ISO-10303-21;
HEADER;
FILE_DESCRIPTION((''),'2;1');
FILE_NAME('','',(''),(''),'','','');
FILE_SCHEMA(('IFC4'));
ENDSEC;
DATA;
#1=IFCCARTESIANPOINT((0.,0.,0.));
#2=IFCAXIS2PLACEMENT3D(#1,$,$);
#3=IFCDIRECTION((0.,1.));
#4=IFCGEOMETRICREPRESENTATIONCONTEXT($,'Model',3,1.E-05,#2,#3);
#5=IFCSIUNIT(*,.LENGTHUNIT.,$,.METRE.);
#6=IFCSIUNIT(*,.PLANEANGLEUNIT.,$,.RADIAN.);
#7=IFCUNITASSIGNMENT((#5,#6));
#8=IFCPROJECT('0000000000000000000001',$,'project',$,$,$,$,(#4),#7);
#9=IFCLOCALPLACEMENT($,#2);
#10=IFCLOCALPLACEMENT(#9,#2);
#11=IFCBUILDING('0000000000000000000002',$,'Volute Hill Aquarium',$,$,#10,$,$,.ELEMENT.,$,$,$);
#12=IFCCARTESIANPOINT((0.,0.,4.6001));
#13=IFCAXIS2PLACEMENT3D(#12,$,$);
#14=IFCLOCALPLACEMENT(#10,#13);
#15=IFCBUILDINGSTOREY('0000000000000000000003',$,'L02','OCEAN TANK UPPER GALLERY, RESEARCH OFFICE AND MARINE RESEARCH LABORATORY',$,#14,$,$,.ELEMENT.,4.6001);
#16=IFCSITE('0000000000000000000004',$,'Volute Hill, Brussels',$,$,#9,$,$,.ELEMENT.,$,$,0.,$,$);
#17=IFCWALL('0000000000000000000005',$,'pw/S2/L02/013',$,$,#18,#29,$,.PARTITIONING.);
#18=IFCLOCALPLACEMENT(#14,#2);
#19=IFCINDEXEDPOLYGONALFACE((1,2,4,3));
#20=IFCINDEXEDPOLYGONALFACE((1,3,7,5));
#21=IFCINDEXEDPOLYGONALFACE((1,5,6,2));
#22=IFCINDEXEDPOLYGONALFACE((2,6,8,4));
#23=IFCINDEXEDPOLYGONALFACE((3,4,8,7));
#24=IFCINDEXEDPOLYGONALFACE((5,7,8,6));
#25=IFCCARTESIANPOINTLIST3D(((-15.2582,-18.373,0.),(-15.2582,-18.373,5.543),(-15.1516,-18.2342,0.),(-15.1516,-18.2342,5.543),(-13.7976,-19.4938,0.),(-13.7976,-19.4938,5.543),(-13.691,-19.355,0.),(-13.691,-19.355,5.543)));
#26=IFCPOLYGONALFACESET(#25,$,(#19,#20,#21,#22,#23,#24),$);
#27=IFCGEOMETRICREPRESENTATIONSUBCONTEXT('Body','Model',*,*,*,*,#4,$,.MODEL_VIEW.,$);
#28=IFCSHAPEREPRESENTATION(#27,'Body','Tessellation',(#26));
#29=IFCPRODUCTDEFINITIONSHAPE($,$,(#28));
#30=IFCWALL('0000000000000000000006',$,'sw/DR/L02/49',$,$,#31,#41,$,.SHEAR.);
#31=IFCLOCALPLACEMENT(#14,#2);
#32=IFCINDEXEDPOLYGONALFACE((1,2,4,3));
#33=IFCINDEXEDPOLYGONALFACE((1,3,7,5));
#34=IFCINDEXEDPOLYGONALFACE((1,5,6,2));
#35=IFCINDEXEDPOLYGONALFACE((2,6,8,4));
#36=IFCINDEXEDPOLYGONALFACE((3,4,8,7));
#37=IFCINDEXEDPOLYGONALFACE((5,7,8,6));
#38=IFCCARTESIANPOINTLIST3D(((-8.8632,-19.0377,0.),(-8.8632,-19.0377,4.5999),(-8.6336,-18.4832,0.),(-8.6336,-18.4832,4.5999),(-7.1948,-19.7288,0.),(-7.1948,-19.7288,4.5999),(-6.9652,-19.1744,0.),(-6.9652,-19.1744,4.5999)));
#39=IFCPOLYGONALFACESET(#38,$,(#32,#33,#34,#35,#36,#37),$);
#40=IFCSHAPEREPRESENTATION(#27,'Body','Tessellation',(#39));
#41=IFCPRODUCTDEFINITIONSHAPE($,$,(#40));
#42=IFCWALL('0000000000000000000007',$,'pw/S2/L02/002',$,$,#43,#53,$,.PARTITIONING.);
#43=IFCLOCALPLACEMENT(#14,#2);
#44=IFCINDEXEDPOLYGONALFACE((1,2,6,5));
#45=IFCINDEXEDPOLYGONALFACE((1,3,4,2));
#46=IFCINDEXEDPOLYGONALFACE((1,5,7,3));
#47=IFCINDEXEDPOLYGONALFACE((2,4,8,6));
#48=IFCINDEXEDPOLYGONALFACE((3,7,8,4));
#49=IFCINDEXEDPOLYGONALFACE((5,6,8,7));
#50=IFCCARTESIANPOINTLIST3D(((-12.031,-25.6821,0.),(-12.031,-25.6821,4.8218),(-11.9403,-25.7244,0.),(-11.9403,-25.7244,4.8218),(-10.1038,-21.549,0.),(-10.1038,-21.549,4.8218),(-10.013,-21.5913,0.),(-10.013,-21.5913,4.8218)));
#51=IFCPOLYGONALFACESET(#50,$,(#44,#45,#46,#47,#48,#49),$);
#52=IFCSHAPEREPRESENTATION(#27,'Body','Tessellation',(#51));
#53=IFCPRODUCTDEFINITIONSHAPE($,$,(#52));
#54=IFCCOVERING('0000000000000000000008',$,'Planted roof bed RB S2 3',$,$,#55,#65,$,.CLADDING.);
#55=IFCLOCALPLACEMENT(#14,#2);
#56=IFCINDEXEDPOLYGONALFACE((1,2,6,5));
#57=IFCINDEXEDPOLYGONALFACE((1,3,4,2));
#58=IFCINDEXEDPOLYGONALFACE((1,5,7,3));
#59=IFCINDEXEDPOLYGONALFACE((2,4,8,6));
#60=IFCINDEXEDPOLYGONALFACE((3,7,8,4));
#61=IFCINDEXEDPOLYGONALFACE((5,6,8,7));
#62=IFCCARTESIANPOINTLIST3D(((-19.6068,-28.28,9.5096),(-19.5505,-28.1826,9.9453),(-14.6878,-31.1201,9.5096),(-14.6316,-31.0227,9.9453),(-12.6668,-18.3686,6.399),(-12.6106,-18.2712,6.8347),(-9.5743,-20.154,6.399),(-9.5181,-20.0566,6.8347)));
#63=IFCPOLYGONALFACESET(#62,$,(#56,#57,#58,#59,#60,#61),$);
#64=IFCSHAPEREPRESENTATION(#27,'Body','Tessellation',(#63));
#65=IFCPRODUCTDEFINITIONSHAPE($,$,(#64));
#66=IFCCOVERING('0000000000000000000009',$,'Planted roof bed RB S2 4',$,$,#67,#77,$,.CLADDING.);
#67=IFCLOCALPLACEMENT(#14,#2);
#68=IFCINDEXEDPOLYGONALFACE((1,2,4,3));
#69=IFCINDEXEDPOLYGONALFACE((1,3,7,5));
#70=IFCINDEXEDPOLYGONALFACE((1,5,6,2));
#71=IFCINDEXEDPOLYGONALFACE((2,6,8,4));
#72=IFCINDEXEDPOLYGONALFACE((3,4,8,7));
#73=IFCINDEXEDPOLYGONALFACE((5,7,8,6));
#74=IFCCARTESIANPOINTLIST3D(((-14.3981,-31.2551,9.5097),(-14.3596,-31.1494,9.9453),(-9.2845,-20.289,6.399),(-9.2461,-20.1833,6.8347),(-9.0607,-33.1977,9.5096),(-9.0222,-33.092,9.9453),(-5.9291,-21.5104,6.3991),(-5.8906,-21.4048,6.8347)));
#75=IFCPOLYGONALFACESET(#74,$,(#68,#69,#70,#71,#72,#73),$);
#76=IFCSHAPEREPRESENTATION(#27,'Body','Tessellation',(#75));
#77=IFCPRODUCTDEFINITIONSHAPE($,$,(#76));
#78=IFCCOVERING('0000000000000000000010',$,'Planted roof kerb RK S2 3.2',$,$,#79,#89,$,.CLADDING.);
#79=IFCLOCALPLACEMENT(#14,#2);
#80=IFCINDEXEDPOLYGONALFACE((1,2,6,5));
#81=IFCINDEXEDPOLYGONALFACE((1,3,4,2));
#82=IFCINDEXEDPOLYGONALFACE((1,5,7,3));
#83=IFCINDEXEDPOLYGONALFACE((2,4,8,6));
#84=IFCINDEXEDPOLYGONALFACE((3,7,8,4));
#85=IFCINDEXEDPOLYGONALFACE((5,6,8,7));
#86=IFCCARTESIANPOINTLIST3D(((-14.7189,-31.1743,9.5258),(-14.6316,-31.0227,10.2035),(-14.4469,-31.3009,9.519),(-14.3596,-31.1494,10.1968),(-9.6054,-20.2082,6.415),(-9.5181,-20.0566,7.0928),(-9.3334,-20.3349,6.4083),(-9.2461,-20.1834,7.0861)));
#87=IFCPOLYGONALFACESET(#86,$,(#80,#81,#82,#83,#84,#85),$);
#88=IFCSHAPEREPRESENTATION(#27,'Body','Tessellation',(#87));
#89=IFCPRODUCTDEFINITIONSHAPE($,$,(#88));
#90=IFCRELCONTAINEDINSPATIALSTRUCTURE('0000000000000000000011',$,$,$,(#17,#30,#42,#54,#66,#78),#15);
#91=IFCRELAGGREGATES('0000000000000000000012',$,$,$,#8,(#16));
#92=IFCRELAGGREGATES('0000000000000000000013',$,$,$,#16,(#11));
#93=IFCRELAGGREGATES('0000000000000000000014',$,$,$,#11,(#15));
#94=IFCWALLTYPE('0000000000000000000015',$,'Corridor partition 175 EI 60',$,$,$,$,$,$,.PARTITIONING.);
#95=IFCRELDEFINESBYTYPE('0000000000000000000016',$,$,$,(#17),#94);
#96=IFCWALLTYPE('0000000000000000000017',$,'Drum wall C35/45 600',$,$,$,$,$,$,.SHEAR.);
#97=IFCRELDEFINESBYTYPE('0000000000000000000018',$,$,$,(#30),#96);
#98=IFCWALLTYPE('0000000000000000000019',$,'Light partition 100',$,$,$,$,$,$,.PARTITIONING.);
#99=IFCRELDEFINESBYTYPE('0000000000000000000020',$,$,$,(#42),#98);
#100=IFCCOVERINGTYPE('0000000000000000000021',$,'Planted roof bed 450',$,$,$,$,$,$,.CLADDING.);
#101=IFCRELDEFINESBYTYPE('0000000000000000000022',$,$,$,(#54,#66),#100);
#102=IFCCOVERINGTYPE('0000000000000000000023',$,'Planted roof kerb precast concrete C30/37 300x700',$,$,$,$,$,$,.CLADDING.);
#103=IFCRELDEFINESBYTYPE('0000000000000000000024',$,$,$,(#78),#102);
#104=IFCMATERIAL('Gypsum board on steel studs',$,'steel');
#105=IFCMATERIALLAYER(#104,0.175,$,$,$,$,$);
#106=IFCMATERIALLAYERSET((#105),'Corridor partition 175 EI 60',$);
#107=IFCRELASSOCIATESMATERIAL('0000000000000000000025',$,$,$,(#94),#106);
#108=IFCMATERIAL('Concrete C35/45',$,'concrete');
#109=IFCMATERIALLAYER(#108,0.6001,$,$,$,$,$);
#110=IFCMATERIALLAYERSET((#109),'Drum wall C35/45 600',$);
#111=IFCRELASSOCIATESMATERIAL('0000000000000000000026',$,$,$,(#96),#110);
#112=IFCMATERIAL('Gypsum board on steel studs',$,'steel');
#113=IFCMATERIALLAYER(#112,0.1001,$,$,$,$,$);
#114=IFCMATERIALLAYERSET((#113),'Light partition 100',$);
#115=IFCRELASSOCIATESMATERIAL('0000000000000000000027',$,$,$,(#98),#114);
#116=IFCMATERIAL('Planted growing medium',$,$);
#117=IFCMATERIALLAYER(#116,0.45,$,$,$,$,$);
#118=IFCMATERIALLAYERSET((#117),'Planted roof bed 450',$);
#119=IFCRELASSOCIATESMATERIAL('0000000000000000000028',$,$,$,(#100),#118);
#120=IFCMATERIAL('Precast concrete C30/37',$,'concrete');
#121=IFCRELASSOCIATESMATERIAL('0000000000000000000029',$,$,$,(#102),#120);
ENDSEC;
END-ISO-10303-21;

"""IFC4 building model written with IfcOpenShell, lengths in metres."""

from ifc_helpers import new_model, si_unit, direction, frame, frame_2d, origin, place, context, subcontext, project, spatial, polyline, rectangle, outline, extrude, material, layer, layer_set, type_object, element, save


model = new_model("IFC4")

# Units and contexts
model_context = context("Model", 3, precision=1e-05, world=origin(), true_north=direction((0.0, 1.0)))
body_context = subcontext(model_context, "Body", "Model", "MODEL_VIEW")
ifc_project = project(units=[si_unit("LENGTHUNIT", "METRE"), si_unit("PLANEANGLEUNIT", "RADIAN")], contexts=[model_context])

# Site, building, storey
site_placement = place(None, origin())
site = spatial("IfcSite", under=ifc_project, at=site_placement, Name="Volute Hill, Brussels", CompositionType="ELEMENT", RefElevation=0.0)
building_placement = place(site_placement, origin())
building = spatial("IfcBuilding", under=site, at=building_placement, Name="Volute Hill Aquarium", CompositionType="ELEMENT")
storey_placement = place(building_placement, frame((0.0, 0.0, 4.6001)))
storey = spatial("IfcBuildingStorey", under=building, at=storey_placement, Name="L02", Description="OCEAN TANK UPPER GALLERY, RESEARCH OFFICE AND MARINE RESEARCH LABORATORY", CompositionType="ELEMENT", Elevation=4.6001)

# Walls
ifc_material_1 = material(Name="Gypsum board on steel studs", Category="steel")
ifc_layer_1 = layer(ifc_material_1, 0.175)
ifc_layer_set_1 = layer_set([ifc_layer_1], Name="Corridor partition 175 EI 60")
wall_type_1 = type_object("IfcWallType", Name="Corridor partition 175 EI 60", PredefinedType="PARTITIONING", material=ifc_layer_set_1)
wall_1_placement = place(storey_placement, frame((-13.7444, -19.4243, 0.0), z_axis=(0.0, 0.0, 1.0), x_axis=(-0.793348, 0.608768, 0.0)))
element("IfcWall", 1, at=wall_1_placement, inside=storey, type_object=wall_type_1, Name="pw/S2/L02/013", PredefinedType="PARTITIONING", context=body_context, shape_type="SweptSolid", body=[
    extrude(rectangle(XDim=1.8411, YDim=0.175, at=frame_2d((0.9204, 0.0))), origin(), (0.0, 0.0, 1.0), 5.543),
])
ifc_material_2 = material(Name="Concrete C35/45", Category="concrete")
ifc_layer_2 = layer(ifc_material_2, 0.6001)
ifc_layer_set_2 = layer_set([ifc_layer_2], Name="Drum wall C35/45 600")
wall_type_2 = type_object("IfcWallType", Name="Drum wall C35/45 600", PredefinedType="SHEAR", material=ifc_layer_set_2)
wall_2_placement = place(storey_placement, frame((-8.7483, -18.7605, 0.0), z_axis=(0.0, 0.0, 1.0), x_axis=(0.923867, -0.382714, 0.0)))
element("IfcWall", 2, at=wall_2_placement, inside=storey, type_object=wall_type_2, Name="sw/DR/L02/49", PredefinedType="SHEAR", context=body_context, shape_type="SweptSolid", body=[
    extrude(rectangle(XDim=1.8059, YDim=0.6001, at=frame_2d((0.9028, 0.0))), origin(), (0.0, 0.0, 1.0), 4.5999),
])
ifc_material_3 = material(Name="Gypsum board on steel studs", Category="steel")
ifc_layer_3 = layer(ifc_material_3, 0.1001)
ifc_layer_set_3 = layer_set([ifc_layer_3], Name="Light partition 100")
wall_type_3 = type_object("IfcWallType", Name="Light partition 100", PredefinedType="PARTITIONING", material=ifc_layer_set_3)
wall_3_placement = place(storey_placement, frame((-10.0583, -21.5701, 0.0), z_axis=(0.0, 0.0, 1.0), x_axis=(-0.422613, -0.90631, 0.0)))
element("IfcWall", 3, at=wall_3_placement, inside=storey, type_object=wall_type_3, Name="pw/S2/L02/002", PredefinedType="PARTITIONING", context=body_context, shape_type="SweptSolid", body=[
    extrude(rectangle(XDim=4.5603, YDim=0.1001, at=frame_2d((2.2803, 0.0))), origin(), (0.0, 0.0, 1.0), 4.8218),
])

# Coverings
ifc_material_4 = material(Name="Planted growing medium")
ifc_layer_4 = layer(ifc_material_4, 0.45)
ifc_layer_set_4 = layer_set([ifc_layer_4], Name="Planted roof bed 450")
covering_type_1 = type_object("IfcCoveringType", Name="Planted roof bed 450", PredefinedType="CLADDING", material=ifc_layer_set_4)
covering_1_placement = place(storey_placement, frame((-12.6106, -18.2712, 6.8347), z_axis=(0.12494, 0.2164, 0.968277), x_axis=(-0.555508, -0.793357, 0.248986)))
element("IfcCovering", 4, at=covering_1_placement, inside=storey, type_object=covering_type_1, Name="Planted roof bed RB S2 3", PredefinedType="CLADDING", context=body_context, shape_type="SweptSolid", body=[
    extrude(outline(polyline([(0.0, 0.0), (12.493, 0.0), (12.0136, 5.6597), (-0.3015, 3.5582), (0.0, 0.0)])), origin(), (0.0, 0.0, -1.0), 0.45),
])
covering_2_placement = place(storey_placement, frame((-9.2461, -20.1833, 6.8347), z_axis=(0.085466, 0.234807, 0.968277), x_axis=(-0.409307, -0.877767, 0.248986)))
element("IfcCovering", 5, at=covering_2_placement, inside=storey, type_object=covering_type_1, Name="Planted roof bed RB S2 4", PredefinedType="CLADDING", context=body_context, shape_type="SweptSolid", body=[
    extrude(outline(polyline([(0.0, 0.0), (12.4931, 0.0), (12.0137, 5.6597), (-0.3013, 3.5581), (0.0, 0.0)])), origin(), (0.0, 0.0, -1.0), 0.45),
])
ifc_material_5 = material(Name="Precast concrete C30/37", Category="concrete")
covering_type_2 = type_object("IfcCoveringType", Name="Planted roof kerb precast concrete C30/37 300x700", PredefinedType="CLADDING", material=ifc_material_5)
covering_3_placement = place(storey_placement, frame((-9.5181, -20.0566, 7.0928), z_axis=(0.124764, 0.216492, 0.96828), x_axis=(-0.409306, -0.877765, 0.248993)))
element("IfcCovering", 6, at=covering_3_placement, inside=storey, type_object=covering_type_2, Name="Planted roof kerb RK S2 3.2", PredefinedType="CLADDING", context=body_context, shape_type="SweptSolid", body=[
    extrude(outline(polyline([(0.0, 0.0), (12.4932, 0.0), (12.4914, 0.3001), (-0.0017, 0.3001), (0.0, 0.0)])), origin(), (0.0, 0.0, -1.0), 0.7),
])

save(model, "model.ifc")
